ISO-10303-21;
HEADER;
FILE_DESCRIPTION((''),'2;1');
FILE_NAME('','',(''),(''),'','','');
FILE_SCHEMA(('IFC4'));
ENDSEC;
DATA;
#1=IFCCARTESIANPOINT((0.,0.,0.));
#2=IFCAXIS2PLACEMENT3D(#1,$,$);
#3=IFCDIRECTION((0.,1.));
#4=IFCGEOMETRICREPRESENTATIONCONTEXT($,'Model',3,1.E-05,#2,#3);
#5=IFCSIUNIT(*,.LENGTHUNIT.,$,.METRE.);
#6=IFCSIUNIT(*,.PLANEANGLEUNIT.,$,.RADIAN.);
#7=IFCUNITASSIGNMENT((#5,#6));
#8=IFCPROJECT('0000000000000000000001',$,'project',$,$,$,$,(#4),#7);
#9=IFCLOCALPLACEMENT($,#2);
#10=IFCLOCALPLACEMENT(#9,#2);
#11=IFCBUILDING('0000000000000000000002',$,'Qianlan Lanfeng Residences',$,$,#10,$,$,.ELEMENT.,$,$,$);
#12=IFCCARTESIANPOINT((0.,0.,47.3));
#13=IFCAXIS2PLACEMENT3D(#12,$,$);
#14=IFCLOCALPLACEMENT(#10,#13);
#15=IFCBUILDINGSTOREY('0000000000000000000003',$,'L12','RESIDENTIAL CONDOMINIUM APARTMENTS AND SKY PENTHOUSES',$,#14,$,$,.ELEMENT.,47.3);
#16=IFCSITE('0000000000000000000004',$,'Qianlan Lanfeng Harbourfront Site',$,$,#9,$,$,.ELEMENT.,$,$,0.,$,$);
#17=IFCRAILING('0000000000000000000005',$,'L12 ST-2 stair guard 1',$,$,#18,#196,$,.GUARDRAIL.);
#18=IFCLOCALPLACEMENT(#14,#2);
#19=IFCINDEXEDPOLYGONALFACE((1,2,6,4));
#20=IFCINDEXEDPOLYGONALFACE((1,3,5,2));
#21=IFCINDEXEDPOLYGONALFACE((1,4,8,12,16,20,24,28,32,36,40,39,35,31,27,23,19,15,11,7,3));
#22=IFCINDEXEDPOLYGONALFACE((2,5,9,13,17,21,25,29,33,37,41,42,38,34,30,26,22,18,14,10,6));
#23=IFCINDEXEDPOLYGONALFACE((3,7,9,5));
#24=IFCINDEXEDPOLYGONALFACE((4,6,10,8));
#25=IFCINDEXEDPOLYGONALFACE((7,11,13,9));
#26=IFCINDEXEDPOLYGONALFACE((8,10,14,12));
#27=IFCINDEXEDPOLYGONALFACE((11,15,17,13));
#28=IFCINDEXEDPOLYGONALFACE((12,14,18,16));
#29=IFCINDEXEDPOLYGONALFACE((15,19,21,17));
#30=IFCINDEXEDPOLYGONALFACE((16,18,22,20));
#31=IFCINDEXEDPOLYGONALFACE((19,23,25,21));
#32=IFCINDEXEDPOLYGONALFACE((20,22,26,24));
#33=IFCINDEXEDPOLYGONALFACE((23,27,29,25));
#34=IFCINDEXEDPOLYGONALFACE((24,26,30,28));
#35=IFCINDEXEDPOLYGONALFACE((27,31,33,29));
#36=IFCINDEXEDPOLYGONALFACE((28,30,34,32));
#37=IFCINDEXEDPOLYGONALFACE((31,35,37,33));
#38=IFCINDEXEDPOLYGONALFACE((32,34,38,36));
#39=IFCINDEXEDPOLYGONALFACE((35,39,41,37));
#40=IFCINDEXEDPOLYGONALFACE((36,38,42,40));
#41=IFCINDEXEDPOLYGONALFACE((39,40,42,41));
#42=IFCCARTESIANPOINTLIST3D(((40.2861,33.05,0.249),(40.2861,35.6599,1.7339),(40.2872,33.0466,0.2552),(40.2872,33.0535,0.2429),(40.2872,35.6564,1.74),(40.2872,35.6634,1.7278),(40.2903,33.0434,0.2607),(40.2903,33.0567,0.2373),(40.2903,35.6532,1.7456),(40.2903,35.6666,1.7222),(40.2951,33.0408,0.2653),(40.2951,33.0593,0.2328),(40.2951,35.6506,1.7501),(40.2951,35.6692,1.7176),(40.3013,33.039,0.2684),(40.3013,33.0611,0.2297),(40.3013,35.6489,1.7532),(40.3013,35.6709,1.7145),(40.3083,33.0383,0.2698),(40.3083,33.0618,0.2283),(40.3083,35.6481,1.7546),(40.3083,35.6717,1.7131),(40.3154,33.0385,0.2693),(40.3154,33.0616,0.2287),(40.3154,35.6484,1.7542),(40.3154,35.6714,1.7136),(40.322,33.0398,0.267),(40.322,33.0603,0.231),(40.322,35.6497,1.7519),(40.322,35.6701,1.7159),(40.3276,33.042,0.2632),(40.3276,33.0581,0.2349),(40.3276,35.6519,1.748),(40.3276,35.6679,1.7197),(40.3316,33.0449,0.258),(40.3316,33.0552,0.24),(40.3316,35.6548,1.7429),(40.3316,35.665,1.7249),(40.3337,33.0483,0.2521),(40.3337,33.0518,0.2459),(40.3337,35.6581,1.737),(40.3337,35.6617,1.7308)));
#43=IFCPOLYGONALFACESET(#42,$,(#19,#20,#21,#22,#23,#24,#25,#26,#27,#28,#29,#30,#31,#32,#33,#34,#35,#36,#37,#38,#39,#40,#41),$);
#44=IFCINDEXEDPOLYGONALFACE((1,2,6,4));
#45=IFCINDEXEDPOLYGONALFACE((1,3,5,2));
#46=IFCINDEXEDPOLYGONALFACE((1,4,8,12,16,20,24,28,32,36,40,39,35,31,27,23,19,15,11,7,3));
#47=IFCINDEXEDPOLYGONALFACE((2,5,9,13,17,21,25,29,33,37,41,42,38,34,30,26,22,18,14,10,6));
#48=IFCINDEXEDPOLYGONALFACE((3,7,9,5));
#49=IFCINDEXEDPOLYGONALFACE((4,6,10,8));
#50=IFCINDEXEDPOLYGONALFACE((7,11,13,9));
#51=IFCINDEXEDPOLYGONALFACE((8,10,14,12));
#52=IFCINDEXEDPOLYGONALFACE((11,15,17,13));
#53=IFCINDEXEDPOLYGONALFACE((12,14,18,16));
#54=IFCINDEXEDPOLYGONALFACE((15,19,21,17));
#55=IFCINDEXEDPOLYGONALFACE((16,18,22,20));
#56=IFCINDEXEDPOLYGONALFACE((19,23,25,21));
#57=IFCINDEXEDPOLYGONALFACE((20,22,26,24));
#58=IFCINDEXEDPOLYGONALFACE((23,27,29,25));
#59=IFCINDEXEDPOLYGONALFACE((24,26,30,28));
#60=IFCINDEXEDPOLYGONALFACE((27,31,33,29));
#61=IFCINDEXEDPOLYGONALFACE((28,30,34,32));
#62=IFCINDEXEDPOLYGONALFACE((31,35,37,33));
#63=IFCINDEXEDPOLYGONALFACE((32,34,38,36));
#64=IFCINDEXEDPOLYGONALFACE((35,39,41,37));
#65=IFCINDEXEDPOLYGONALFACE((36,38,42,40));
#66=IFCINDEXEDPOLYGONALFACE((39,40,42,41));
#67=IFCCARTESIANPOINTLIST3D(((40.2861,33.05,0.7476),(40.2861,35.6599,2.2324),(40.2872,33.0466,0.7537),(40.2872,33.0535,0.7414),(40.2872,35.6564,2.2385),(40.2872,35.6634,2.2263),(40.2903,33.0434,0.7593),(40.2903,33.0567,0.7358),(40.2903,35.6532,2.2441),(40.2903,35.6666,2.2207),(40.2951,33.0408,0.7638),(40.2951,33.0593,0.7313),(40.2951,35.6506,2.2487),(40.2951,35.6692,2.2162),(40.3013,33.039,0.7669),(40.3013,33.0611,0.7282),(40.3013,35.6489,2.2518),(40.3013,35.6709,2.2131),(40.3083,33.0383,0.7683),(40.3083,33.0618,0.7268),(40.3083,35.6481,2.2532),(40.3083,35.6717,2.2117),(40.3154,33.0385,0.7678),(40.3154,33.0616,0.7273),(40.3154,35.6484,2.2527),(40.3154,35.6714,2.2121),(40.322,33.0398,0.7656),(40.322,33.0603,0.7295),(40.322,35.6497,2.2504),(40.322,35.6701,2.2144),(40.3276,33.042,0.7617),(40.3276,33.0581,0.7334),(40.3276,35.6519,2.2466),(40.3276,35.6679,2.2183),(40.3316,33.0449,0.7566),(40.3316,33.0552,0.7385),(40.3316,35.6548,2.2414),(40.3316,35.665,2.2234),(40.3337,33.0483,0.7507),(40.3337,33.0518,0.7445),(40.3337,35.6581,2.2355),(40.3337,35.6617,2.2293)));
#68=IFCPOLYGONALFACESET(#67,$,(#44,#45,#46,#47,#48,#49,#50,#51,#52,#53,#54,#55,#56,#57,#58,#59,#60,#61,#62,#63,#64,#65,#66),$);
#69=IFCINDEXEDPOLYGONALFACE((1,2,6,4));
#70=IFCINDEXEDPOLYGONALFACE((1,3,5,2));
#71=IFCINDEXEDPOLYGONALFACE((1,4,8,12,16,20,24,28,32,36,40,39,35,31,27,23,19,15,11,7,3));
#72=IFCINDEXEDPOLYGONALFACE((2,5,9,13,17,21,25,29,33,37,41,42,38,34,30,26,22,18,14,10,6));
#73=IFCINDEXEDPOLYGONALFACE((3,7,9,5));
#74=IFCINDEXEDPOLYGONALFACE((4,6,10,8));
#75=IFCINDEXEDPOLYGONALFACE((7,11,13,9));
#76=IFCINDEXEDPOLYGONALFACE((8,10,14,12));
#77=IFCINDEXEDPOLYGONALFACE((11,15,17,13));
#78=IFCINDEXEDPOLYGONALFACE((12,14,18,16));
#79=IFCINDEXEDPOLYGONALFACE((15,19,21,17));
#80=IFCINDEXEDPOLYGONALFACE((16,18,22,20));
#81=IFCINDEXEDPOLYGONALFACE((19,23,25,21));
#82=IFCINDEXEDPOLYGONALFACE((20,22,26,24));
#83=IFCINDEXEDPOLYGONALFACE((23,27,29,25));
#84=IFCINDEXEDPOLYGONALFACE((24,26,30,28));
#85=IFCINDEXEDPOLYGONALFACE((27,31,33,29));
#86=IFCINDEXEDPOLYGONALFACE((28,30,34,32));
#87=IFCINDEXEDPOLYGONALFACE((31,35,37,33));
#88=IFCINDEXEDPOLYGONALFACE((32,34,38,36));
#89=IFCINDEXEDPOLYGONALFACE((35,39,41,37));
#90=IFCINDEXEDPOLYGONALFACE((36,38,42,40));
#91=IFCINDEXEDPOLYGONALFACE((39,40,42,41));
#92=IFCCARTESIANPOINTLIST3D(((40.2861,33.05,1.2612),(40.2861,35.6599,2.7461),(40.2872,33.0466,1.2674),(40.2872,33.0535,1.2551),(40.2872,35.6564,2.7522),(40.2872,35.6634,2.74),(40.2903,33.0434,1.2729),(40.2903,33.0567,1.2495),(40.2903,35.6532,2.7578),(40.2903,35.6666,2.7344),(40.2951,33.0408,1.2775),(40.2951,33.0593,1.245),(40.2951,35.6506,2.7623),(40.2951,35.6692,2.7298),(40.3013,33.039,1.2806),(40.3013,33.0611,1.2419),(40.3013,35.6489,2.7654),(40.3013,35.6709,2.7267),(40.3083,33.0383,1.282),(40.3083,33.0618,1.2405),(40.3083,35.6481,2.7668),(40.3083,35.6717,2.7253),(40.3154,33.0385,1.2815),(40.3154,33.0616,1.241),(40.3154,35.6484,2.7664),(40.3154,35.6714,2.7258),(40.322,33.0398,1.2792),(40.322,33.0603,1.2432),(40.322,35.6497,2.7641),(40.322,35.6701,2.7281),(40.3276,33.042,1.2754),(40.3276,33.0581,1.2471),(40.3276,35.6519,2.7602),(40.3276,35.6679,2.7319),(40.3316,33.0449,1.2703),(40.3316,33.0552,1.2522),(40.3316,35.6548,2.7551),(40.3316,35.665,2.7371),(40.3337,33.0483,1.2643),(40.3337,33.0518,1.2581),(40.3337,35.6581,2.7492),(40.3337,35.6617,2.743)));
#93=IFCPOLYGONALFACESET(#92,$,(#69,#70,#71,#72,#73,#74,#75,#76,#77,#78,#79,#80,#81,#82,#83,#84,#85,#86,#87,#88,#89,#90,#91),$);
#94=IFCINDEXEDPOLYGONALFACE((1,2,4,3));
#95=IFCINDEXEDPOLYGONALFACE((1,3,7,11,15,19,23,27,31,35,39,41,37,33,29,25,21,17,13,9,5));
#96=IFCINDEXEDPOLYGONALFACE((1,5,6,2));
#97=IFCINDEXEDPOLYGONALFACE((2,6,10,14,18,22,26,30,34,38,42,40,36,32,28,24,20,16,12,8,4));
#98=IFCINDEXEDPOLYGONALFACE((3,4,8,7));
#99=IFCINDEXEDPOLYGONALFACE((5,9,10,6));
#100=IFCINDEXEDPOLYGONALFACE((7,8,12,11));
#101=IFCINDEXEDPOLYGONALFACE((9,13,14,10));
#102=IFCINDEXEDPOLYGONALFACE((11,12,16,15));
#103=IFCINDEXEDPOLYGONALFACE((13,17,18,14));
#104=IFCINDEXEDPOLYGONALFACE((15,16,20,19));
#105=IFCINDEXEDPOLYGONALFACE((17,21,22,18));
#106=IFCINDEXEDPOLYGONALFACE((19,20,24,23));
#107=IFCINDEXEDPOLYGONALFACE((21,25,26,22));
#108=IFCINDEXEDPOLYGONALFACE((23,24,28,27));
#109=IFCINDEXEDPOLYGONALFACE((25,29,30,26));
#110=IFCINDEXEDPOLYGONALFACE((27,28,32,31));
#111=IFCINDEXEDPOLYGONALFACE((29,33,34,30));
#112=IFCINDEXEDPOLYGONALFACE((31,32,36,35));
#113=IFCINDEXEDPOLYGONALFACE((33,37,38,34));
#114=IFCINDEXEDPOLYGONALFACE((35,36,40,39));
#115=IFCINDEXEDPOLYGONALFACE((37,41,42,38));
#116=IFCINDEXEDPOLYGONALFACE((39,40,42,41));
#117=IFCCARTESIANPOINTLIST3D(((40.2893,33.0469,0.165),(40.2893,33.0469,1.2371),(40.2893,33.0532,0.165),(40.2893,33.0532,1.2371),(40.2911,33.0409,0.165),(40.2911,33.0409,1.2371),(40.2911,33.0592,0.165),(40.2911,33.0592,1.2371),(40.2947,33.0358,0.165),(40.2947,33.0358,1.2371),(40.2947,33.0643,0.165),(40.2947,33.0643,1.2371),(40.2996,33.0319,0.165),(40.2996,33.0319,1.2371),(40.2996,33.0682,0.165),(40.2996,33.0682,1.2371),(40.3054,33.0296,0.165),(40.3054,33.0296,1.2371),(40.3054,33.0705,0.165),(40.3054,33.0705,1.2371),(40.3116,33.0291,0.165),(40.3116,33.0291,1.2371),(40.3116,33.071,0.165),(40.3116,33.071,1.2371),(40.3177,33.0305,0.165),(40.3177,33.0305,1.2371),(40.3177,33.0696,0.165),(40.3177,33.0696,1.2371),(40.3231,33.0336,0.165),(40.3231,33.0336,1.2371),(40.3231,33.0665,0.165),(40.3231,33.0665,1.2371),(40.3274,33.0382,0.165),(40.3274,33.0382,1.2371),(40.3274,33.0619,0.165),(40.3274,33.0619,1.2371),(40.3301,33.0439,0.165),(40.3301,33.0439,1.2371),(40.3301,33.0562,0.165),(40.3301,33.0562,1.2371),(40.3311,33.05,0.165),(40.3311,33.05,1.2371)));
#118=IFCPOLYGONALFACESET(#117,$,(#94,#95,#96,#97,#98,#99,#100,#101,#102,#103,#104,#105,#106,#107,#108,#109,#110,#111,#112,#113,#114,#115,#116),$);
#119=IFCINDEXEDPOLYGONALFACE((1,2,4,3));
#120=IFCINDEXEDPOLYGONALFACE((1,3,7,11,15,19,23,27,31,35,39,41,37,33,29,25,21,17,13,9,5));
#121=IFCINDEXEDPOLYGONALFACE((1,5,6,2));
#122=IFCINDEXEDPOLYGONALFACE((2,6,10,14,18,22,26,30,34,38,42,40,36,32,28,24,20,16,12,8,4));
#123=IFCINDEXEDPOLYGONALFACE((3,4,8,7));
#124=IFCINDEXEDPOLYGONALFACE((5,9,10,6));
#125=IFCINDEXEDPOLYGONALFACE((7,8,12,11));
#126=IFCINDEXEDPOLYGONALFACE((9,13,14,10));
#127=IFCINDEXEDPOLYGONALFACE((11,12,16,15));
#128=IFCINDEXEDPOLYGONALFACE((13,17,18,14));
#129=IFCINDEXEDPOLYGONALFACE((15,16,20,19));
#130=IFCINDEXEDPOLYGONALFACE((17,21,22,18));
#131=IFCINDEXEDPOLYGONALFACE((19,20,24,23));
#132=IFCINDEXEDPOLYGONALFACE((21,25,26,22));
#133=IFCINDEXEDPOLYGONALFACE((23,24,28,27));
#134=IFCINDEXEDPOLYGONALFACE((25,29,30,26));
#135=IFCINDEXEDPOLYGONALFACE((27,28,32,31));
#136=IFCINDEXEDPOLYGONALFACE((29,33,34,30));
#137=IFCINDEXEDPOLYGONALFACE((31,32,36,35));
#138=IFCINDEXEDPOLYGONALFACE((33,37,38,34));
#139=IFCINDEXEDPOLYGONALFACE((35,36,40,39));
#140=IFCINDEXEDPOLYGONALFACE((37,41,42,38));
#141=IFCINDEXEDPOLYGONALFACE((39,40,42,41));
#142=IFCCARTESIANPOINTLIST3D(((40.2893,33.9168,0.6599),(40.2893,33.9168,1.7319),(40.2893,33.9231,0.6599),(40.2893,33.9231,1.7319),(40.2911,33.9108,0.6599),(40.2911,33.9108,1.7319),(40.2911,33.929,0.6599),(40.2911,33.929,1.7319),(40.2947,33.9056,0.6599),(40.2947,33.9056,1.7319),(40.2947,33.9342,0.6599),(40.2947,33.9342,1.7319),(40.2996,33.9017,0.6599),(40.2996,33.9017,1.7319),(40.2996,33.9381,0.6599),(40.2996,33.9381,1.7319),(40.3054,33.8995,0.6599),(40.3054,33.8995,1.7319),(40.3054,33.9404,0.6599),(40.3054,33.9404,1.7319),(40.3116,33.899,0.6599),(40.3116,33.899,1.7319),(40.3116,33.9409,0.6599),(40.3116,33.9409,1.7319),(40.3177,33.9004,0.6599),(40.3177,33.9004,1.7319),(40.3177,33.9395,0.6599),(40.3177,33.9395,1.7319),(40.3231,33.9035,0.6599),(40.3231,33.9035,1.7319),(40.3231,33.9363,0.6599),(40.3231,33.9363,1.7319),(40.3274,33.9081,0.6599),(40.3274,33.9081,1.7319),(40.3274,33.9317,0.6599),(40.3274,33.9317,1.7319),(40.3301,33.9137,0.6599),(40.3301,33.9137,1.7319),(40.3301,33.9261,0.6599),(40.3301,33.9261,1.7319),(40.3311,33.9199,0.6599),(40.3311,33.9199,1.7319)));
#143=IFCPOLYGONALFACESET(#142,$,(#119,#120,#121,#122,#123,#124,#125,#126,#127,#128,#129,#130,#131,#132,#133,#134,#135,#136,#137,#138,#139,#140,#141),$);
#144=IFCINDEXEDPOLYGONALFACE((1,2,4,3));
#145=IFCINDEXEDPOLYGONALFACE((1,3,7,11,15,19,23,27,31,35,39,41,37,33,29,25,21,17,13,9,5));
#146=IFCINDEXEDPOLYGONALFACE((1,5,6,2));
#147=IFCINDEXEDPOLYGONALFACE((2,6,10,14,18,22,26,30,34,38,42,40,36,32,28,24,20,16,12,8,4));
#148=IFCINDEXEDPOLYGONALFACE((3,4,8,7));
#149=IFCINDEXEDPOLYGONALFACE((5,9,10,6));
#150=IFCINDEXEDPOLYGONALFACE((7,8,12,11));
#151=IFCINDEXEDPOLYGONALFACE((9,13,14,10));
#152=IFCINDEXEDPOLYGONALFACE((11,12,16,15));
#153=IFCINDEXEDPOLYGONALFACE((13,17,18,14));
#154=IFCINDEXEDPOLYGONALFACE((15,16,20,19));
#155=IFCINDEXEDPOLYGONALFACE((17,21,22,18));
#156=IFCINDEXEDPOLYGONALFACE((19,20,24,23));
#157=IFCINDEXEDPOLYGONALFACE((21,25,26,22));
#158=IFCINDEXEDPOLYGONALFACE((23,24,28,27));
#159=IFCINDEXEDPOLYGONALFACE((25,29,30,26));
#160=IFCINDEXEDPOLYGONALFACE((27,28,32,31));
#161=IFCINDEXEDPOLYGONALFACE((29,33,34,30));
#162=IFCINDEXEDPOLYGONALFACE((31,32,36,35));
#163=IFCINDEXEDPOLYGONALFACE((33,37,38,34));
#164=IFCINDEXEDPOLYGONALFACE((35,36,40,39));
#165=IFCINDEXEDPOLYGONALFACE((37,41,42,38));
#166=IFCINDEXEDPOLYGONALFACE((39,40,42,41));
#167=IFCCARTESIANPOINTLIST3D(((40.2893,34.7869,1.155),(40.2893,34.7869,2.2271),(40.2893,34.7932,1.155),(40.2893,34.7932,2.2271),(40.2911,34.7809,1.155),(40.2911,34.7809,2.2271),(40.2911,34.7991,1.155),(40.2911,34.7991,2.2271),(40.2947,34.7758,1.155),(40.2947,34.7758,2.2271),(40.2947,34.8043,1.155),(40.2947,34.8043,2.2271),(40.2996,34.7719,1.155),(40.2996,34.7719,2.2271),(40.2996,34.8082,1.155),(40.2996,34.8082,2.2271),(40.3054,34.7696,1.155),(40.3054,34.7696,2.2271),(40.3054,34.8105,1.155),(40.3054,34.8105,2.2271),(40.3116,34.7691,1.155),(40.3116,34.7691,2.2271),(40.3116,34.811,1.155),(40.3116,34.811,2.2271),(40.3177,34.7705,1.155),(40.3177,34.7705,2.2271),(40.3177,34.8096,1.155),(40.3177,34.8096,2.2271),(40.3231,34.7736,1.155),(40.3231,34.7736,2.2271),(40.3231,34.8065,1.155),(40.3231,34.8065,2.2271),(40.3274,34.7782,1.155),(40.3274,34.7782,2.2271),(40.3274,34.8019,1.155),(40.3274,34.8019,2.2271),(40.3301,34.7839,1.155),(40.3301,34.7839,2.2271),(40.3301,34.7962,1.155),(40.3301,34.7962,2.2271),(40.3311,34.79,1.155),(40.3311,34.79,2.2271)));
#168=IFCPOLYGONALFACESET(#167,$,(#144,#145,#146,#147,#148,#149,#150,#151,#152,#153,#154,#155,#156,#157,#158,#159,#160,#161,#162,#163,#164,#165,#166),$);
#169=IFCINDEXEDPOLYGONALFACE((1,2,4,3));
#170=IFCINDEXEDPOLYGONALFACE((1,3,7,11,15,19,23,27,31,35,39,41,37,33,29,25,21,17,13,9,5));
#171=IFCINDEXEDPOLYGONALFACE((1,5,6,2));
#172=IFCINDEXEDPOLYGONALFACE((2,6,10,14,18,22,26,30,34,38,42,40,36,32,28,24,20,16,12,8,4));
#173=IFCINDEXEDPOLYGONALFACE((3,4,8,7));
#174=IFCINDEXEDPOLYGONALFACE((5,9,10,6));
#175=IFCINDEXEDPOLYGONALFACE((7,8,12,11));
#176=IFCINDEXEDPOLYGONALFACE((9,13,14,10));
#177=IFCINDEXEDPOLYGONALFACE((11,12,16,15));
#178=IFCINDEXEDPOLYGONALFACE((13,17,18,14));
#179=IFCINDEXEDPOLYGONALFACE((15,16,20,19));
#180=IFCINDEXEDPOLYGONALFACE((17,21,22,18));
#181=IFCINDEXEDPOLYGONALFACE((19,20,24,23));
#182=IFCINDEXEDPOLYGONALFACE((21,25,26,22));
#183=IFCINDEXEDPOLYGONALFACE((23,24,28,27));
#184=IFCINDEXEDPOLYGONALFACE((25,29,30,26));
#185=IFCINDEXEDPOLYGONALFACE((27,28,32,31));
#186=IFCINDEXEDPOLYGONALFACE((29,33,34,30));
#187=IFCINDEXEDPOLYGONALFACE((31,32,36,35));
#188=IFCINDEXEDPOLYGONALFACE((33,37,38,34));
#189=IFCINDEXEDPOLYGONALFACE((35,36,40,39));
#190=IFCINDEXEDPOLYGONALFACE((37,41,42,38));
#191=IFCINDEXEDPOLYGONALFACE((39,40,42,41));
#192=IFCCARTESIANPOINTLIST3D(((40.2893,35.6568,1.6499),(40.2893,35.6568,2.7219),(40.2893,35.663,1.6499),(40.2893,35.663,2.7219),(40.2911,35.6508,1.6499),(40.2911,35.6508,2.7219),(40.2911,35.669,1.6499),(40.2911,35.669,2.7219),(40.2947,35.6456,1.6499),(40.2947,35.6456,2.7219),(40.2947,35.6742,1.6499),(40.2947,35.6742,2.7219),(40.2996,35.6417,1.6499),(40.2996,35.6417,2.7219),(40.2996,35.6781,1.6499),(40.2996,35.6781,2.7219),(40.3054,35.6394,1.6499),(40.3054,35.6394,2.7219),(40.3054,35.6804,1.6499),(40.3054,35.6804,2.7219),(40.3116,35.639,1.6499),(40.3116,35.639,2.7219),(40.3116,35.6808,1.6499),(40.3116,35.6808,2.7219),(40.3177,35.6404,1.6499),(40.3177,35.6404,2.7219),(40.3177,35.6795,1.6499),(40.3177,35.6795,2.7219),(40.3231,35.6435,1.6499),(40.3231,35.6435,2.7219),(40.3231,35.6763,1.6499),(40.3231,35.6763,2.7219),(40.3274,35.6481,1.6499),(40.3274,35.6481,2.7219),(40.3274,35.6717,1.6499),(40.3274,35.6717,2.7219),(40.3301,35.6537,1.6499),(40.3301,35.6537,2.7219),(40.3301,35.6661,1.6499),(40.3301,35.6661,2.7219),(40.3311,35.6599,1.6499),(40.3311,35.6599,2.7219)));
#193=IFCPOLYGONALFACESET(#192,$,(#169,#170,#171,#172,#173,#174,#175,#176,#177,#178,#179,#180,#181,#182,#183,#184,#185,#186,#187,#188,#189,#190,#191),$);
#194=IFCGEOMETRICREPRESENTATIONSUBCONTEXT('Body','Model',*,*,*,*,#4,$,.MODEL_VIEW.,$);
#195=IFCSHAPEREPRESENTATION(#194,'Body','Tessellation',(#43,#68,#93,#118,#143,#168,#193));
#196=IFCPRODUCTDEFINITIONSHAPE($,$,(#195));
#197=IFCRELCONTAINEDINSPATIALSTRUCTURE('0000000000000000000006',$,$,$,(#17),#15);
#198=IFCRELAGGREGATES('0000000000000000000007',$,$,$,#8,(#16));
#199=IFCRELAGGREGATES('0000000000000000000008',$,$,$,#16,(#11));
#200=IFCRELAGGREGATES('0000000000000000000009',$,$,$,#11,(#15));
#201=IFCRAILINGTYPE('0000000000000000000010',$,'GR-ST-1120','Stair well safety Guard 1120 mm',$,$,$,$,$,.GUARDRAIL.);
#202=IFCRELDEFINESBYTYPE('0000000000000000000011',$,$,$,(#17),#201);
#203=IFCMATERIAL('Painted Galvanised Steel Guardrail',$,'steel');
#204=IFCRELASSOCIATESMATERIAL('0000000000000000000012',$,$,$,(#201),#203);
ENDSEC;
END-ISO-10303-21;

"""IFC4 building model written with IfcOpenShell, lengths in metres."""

from ifc_helpers import new_model, si_unit, direction, frame, origin, origin_2d, place, context, subcontext, project, spatial, circle, extrude, material, type_object, element, save


model = new_model("IFC4")

# Units and contexts
model_context = context("Model", 3, precision=1e-05, world=origin(), true_north=direction((0.0, 1.0)))
body_context = subcontext(model_context, "Body", "Model", "MODEL_VIEW")
ifc_project = project(units=[si_unit("LENGTHUNIT", "METRE"), si_unit("PLANEANGLEUNIT", "RADIAN")], contexts=[model_context])

# Site, building, storey
site_placement = place(None, origin())
site = spatial("IfcSite", under=ifc_project, at=site_placement, Name="Qianlan Lanfeng Harbourfront Site", CompositionType="ELEMENT", RefElevation=0.0)
building_placement = place(site_placement, origin())
building = spatial("IfcBuilding", under=site, at=building_placement, Name="Qianlan Lanfeng Residences", CompositionType="ELEMENT")
storey_placement = place(building_placement, frame((0.0, 0.0, 47.3)))
storey = spatial("IfcBuildingStorey", under=building, at=storey_placement, Name="L12", Description="RESIDENTIAL CONDOMINIUM APARTMENTS AND SKY PENTHOUSES", CompositionType="ELEMENT", Elevation=47.3)

# Railing
ifc_material_1 = material(Name="Painted Galvanised Steel Guardrail", Category="steel")
railing_type_1 = type_object("IfcRailingType", Name="GR-ST-1120", Description="Stair well safety Guard 1120 mm", PredefinedType="GUARDRAIL", material=ifc_material_1)
railing_1_placement = place(storey_placement, frame((40.3101, 33.05, 0.165)))
element("IfcRailing", 1, at=railing_1_placement, inside=storey, type_object=railing_type_1, Name="L12 ST-2 stair guard 1", PredefinedType="GUARDRAIL", context=body_context, shape_type="SweptSolid", body=[
    extrude(circle(Radius=0.0239, at=origin_2d()), frame((0.0, 0.0, 0.084), z_axis=(0.0, 0.869172, 0.494509), x_axis=(-1.0, 0.0, 0.0)), (0.0, 0.0, 1.0), 3.0027),
    extrude(circle(Radius=0.0239, at=origin_2d()), frame((0.0, 0.0, 0.5825), z_axis=(0.0, 0.869172, 0.494509), x_axis=(-1.0, 0.0, 0.0)), (0.0, 0.0, 1.0), 3.0027),
    extrude(circle(Radius=0.0239, at=origin_2d()), frame((0.0, 0.0, 1.0962), z_axis=(0.0, 0.869172, 0.494509), x_axis=(-1.0, 0.0, 0.0)), (0.0, 0.0, 1.0), 3.0027),
    extrude(circle(Radius=0.021, at=origin_2d()), origin(), (0.0, 0.0, 1.0), 1.072),
    extrude(circle(Radius=0.021, at=origin_2d()), frame((0.0, 0.8699, 0.4949)), (0.0, 0.0, 1.0), 1.072),
    extrude(circle(Radius=0.021, at=origin_2d()), frame((0.0, 1.74, 0.99)), (0.0, 0.0, 1.0), 1.072),
    extrude(circle(Radius=0.021, at=origin_2d()), frame((0.0, 2.6099, 1.4849)), (0.0, 0.0, 1.0), 1.072),
])

save(model, "model.ifc")
